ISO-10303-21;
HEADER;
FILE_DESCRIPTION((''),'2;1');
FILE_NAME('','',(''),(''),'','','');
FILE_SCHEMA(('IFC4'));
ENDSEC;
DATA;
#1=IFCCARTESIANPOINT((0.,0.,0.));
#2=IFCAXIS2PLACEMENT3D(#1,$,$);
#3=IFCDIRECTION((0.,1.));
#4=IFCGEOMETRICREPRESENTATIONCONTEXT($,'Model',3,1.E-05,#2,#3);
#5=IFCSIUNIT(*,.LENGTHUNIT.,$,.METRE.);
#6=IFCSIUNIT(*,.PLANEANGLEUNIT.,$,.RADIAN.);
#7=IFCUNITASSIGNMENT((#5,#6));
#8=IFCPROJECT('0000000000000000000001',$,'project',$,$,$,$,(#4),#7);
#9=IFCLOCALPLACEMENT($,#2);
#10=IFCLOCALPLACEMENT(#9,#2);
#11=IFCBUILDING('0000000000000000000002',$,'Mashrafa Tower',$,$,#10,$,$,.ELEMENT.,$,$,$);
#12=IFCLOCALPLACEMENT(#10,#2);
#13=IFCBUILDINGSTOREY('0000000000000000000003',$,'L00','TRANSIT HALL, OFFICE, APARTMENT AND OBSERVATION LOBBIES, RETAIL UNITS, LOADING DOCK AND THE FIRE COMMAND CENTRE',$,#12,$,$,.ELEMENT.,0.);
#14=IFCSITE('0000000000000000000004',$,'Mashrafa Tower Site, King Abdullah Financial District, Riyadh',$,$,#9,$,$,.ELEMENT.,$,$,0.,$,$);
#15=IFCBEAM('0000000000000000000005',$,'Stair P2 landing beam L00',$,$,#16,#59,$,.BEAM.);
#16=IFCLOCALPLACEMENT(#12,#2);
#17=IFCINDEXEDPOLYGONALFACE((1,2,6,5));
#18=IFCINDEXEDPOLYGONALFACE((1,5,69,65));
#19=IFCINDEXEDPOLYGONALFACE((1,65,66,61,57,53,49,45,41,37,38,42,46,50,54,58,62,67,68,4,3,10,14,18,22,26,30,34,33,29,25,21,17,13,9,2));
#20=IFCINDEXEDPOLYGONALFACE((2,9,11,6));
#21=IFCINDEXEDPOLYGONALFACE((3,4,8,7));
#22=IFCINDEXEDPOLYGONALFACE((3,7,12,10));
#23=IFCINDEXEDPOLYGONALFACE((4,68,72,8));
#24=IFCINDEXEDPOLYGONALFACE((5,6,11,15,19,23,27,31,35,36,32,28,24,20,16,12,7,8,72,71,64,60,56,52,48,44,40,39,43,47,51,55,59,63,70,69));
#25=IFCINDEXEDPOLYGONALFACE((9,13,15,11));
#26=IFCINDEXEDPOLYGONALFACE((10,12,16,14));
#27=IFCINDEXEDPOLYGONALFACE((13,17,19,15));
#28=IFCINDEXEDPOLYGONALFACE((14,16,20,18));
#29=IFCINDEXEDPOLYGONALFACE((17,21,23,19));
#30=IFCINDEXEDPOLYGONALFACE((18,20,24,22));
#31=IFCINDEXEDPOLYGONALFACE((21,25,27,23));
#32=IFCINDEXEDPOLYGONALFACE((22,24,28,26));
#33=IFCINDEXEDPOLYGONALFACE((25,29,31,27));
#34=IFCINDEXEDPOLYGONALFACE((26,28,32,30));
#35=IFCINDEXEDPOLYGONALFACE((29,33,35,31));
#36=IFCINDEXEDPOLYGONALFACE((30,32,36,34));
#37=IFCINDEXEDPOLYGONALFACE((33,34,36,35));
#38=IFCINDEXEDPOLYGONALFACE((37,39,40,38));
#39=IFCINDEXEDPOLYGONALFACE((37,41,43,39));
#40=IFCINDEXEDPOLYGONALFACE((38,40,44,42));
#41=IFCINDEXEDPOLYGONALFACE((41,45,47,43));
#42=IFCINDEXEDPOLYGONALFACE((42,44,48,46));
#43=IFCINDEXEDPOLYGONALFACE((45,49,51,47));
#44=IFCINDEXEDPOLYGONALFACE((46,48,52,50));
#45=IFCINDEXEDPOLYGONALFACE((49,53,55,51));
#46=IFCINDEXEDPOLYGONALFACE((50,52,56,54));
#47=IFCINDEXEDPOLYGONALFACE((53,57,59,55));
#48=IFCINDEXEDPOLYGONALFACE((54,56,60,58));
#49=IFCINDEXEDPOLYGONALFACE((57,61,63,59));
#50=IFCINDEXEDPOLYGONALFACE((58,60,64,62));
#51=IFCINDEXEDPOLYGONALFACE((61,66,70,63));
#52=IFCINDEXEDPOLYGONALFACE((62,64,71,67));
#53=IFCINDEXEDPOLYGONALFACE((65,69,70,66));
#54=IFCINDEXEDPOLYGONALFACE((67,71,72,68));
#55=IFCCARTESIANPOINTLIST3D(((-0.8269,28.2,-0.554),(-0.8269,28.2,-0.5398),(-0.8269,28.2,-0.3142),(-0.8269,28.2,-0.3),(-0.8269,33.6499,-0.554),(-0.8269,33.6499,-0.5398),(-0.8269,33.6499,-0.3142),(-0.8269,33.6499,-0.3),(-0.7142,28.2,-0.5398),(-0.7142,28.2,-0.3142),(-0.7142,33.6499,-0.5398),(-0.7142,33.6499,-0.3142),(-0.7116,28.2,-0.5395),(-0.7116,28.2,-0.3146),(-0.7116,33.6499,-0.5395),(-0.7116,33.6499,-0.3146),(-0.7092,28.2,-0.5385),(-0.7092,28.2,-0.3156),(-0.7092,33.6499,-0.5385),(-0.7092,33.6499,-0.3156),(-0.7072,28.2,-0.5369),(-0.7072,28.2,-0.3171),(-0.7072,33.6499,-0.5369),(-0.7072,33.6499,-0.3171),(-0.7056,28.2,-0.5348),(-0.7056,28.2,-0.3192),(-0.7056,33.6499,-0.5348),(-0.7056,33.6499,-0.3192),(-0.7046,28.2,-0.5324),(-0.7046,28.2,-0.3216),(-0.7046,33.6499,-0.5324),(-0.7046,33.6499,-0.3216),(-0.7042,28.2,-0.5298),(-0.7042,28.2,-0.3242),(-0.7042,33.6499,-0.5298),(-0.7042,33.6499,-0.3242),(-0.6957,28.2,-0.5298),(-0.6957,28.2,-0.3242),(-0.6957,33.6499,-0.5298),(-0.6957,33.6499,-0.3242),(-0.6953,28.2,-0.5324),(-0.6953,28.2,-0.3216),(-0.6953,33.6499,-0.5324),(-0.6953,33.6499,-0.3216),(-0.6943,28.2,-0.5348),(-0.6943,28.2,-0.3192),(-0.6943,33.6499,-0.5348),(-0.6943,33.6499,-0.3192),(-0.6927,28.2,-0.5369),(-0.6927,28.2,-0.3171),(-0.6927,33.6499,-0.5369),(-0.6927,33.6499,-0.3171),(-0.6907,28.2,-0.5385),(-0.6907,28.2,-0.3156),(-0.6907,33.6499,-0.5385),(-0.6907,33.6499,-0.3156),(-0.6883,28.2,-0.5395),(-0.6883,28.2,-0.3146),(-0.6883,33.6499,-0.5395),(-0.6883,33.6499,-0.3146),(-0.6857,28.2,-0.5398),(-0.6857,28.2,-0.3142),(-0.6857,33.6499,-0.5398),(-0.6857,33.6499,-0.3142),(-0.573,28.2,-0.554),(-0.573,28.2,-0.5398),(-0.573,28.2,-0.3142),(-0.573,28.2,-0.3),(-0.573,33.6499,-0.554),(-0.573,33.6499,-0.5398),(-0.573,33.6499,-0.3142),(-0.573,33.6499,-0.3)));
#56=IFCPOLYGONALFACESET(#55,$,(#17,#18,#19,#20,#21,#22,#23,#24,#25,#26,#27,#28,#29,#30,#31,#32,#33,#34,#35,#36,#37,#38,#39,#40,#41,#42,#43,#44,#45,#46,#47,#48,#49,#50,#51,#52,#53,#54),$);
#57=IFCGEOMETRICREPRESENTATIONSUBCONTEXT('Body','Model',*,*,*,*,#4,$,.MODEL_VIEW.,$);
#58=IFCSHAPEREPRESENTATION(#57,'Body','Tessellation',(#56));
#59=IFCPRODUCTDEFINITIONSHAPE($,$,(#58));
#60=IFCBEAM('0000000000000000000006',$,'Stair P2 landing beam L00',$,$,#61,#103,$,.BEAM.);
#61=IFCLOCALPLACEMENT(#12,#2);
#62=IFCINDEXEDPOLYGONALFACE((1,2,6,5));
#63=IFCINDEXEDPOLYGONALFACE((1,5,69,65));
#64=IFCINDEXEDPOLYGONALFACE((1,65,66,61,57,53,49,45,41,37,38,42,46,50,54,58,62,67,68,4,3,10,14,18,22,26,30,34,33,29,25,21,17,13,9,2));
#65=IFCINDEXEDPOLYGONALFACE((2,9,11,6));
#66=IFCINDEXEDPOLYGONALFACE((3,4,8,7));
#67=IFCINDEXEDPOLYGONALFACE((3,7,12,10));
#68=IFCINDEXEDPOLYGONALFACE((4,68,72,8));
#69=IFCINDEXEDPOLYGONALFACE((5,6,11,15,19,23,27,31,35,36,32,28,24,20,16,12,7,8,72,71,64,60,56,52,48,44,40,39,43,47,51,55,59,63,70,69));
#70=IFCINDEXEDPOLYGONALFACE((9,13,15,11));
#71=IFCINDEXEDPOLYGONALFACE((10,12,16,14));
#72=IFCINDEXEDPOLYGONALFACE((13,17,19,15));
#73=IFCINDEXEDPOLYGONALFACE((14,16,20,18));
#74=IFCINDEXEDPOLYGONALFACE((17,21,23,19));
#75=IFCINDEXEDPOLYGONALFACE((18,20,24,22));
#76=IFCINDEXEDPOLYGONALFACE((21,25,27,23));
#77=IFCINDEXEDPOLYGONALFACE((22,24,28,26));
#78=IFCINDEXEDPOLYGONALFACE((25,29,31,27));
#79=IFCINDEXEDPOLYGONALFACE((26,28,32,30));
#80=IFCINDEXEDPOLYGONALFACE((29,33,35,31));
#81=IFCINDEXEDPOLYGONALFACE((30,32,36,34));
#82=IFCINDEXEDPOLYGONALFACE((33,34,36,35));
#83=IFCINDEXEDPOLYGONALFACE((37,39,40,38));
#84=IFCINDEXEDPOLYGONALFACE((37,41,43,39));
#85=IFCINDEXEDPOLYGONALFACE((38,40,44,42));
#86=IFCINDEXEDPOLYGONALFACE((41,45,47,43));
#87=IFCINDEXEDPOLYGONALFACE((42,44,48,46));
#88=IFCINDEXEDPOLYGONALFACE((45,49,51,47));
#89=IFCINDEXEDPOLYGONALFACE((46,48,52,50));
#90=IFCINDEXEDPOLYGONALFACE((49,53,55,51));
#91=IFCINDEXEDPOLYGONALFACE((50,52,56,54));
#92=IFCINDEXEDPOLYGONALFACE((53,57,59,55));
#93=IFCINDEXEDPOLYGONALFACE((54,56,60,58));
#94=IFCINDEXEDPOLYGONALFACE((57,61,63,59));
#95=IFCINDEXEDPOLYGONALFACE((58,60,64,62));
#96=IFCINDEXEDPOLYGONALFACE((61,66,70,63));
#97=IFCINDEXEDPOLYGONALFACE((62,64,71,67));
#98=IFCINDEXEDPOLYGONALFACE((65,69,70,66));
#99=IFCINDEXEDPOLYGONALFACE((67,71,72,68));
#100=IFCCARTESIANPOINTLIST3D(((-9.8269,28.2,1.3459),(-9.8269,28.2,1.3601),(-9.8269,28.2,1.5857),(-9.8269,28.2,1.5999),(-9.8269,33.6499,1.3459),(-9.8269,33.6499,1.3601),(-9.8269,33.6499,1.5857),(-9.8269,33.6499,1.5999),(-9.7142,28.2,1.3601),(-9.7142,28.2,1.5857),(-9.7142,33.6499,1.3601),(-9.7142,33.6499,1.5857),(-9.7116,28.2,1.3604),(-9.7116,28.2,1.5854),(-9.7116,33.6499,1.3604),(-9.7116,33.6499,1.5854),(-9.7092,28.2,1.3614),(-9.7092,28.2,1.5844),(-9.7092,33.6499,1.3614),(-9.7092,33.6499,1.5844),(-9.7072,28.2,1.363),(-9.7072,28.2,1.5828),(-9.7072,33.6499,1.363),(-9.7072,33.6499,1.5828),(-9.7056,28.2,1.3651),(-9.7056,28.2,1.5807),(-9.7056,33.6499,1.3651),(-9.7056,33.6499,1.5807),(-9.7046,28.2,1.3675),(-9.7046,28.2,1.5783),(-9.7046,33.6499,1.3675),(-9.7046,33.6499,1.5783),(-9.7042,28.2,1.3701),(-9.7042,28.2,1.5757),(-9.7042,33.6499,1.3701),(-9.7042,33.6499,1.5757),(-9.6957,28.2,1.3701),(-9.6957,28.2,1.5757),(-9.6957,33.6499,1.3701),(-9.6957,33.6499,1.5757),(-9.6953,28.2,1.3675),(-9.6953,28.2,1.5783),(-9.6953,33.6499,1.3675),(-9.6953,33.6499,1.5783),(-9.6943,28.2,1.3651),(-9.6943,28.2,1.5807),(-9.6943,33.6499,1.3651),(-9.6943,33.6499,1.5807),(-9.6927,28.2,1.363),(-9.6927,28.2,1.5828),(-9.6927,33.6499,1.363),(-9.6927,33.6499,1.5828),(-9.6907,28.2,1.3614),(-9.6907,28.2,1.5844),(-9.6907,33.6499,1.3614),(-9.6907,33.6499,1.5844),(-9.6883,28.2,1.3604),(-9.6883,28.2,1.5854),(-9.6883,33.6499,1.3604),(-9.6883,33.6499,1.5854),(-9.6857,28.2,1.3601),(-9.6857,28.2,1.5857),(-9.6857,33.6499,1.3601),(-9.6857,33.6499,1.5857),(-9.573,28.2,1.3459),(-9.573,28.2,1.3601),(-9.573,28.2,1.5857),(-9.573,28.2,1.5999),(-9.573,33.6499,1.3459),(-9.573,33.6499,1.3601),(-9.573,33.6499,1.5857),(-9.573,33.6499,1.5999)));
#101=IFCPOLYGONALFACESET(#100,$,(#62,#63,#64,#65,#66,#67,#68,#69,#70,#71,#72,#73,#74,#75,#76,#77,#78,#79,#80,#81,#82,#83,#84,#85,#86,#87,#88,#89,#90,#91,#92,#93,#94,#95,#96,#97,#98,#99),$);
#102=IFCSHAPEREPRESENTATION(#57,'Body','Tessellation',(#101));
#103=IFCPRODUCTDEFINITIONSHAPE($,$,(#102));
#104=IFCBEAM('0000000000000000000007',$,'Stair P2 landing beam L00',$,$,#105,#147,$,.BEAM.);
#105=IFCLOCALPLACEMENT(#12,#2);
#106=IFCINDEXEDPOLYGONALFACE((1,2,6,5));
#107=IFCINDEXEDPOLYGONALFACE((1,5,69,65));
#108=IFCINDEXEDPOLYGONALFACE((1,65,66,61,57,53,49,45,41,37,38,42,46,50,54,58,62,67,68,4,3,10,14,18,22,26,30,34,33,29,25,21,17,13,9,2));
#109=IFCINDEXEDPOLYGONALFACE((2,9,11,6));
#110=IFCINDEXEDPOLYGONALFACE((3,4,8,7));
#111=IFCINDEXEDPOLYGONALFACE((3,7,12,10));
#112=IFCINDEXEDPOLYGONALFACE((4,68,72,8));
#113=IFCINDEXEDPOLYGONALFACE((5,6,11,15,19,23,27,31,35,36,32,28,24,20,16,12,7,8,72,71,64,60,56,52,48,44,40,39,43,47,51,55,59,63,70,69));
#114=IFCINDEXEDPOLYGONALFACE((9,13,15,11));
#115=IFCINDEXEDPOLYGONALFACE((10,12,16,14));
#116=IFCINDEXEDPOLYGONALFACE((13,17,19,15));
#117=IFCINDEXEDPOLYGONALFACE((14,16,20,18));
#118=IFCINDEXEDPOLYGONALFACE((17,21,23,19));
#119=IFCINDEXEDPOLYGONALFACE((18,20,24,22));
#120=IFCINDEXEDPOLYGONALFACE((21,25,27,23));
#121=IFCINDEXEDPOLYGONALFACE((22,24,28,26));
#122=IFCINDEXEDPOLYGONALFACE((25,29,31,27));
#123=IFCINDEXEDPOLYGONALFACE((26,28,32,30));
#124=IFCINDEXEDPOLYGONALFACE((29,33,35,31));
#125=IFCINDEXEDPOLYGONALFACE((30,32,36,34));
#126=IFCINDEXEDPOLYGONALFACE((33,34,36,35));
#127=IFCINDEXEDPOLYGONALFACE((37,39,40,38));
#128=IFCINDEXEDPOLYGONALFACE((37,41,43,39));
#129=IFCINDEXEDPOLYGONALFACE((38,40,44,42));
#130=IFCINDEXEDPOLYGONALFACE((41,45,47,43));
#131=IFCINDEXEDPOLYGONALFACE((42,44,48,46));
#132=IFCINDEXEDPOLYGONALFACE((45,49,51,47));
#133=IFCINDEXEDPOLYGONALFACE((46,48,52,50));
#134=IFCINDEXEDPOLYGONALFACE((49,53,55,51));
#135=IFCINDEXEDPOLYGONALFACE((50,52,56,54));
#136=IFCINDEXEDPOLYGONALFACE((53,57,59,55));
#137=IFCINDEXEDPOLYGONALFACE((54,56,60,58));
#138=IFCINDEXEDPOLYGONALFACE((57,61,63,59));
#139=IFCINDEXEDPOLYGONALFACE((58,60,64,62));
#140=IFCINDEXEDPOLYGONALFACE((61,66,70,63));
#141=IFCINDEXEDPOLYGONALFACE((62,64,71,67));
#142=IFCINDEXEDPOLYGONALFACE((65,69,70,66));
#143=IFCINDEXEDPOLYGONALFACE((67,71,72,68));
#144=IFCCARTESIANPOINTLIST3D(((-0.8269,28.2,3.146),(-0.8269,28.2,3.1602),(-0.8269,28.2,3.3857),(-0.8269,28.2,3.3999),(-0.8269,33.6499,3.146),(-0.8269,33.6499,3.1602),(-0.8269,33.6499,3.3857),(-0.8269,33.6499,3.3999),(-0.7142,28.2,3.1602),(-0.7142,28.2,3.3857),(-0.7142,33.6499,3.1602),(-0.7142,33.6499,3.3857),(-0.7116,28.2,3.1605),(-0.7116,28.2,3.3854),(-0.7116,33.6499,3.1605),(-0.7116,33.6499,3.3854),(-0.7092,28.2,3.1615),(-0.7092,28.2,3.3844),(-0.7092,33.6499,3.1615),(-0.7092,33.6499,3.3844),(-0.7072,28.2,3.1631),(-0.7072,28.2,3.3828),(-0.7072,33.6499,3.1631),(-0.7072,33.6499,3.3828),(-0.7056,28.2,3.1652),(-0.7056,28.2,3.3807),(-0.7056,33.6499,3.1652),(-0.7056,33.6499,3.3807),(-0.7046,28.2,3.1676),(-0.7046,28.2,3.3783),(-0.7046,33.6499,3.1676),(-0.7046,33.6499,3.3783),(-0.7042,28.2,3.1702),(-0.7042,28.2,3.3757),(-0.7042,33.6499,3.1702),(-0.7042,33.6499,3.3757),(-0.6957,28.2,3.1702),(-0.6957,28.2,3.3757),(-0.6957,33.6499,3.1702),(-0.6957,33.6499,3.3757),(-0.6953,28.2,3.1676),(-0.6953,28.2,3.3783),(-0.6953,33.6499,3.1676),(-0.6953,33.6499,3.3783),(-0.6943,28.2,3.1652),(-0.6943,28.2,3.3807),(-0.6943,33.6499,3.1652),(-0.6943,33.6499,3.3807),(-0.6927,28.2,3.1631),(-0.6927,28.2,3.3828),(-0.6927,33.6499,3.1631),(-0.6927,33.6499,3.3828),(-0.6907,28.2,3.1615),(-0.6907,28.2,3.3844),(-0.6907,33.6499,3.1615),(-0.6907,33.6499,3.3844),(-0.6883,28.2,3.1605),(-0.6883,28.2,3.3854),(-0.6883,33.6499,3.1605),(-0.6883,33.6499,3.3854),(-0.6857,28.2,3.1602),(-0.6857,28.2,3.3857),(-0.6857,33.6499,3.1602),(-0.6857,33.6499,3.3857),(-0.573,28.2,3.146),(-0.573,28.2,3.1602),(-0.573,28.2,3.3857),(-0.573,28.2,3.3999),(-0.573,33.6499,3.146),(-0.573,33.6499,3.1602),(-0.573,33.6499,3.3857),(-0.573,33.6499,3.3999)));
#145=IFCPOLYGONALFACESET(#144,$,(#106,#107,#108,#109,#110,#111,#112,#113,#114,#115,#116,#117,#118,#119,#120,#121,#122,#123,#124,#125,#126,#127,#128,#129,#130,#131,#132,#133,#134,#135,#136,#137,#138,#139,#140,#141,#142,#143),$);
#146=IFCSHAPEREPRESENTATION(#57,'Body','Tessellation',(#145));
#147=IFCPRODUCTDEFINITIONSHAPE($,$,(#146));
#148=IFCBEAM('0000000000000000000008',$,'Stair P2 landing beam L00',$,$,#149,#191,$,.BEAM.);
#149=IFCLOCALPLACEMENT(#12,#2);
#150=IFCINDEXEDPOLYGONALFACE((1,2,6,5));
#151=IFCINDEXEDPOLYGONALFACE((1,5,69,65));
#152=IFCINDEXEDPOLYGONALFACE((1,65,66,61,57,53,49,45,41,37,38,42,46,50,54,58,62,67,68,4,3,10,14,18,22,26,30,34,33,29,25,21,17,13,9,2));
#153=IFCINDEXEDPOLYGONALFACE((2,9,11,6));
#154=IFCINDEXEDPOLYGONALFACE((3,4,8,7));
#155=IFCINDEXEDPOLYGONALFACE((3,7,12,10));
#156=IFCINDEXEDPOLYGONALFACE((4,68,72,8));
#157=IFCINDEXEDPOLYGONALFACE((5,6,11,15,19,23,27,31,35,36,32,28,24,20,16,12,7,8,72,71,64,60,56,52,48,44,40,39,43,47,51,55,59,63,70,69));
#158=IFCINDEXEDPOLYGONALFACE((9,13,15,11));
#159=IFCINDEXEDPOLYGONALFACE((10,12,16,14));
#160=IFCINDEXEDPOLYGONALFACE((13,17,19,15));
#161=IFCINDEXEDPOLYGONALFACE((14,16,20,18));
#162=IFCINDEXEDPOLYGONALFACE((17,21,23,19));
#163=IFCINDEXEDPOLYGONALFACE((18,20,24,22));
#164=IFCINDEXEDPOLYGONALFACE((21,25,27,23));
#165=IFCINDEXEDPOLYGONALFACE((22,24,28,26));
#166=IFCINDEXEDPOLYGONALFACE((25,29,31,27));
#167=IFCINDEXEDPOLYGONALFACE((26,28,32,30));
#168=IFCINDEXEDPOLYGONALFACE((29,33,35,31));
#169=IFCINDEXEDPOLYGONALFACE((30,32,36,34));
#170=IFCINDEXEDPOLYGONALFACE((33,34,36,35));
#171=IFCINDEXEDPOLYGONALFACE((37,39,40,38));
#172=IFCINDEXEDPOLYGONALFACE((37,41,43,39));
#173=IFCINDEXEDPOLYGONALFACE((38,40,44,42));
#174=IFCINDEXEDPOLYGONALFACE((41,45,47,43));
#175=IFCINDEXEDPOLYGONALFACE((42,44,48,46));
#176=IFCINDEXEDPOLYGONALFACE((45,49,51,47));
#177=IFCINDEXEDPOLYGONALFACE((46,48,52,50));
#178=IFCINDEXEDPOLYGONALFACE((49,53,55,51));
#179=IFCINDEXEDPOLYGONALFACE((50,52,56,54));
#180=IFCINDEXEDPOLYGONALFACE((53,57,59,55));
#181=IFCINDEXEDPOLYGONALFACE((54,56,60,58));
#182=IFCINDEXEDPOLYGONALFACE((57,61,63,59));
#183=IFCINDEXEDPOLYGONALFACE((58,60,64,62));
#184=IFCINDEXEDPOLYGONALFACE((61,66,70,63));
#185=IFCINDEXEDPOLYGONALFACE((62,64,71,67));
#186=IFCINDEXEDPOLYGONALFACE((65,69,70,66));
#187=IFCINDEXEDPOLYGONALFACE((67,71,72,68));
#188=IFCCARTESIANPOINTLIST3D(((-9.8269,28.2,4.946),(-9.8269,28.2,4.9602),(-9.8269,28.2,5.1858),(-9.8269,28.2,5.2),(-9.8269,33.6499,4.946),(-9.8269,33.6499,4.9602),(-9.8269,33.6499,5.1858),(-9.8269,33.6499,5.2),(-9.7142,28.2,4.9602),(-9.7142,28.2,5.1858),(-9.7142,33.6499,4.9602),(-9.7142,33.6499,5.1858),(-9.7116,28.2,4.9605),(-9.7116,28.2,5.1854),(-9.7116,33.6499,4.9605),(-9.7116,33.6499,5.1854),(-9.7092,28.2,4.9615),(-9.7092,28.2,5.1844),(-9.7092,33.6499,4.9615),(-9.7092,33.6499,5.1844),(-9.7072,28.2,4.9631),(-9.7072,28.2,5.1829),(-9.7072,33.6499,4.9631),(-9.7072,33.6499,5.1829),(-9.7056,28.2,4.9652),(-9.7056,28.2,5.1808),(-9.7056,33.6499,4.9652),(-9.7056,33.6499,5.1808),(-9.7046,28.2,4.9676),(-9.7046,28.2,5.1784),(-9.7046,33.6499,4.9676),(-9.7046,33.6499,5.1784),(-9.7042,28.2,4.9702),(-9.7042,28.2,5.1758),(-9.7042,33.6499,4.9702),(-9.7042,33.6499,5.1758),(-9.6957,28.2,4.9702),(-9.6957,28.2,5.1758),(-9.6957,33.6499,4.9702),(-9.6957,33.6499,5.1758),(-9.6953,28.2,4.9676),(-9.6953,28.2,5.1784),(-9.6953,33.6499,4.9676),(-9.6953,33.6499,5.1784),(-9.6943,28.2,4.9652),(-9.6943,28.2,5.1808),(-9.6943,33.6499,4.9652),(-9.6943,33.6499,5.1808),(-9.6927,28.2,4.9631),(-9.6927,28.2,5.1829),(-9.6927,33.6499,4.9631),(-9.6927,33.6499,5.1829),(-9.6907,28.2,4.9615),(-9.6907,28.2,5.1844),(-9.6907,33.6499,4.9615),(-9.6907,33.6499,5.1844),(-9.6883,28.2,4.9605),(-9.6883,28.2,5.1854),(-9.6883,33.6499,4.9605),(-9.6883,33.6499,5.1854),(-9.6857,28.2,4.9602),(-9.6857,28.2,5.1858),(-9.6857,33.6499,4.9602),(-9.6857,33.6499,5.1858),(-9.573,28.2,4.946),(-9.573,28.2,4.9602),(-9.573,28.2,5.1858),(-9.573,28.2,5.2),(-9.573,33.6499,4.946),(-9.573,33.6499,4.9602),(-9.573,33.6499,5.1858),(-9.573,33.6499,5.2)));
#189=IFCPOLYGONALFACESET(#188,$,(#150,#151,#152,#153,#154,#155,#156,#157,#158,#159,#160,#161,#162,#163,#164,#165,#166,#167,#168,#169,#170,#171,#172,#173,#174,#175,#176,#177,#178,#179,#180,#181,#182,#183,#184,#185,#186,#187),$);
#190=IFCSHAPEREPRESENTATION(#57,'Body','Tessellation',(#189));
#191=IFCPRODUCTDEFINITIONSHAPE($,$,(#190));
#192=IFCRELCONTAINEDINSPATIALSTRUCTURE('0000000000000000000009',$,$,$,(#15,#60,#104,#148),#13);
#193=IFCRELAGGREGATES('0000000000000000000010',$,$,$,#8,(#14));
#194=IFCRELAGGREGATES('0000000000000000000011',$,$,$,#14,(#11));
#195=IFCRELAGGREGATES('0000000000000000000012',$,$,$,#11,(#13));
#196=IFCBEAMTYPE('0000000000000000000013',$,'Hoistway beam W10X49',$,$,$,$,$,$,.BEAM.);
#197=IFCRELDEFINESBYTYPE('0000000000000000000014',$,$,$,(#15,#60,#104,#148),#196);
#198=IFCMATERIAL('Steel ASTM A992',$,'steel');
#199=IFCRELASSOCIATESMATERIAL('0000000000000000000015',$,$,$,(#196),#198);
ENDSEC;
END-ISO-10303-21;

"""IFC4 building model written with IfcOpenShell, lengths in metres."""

from ifc_helpers import new_model, si_unit, direction, frame, origin, origin_2d, place, context, subcontext, project, spatial, i_section, extrude, material, material_profile, profile_set, type_object, element, save


model = new_model("IFC4")

# Units and contexts
model_context = context("Model", 3, precision=1e-05, world=origin(), true_north=direction((0.0, 1.0)))
body_context = subcontext(model_context, "Body", "Model", "MODEL_VIEW")
ifc_project = project(units=[si_unit("LENGTHUNIT", "METRE"), si_unit("PLANEANGLEUNIT", "RADIAN")], contexts=[model_context])

# Site, building, storey
site_placement = place(None, origin())
site = spatial("IfcSite", under=ifc_project, at=site_placement, Name="Mashrafa Tower Site, King Abdullah Financial District, Riyadh", CompositionType="ELEMENT", RefElevation=0.0)
building_placement = place(site_placement, origin())
building = spatial("IfcBuilding", under=site, at=building_placement, Name="Mashrafa Tower", CompositionType="ELEMENT")
storey_placement = place(building_placement, origin())
storey = spatial("IfcBuildingStorey", under=building, at=storey_placement, Name="L00", Description="TRANSIT HALL, OFFICE, APARTMENT AND OBSERVATION LOBBIES, RETAIL UNITS, LOADING DOCK AND THE FIRE COMMAND CENTRE", CompositionType="ELEMENT", Elevation=0.0)

# Beams
ifc_material_1 = material(Name="Steel ASTM A992", Category="steel")
ifc_material_profile_1 = material_profile(ifc_material_1, i_section(OverallWidth=0.2539, OverallDepth=0.2539, WebThickness=0.0085, FlangeThickness=0.0142, FilletRadius=0.01, at=origin_2d()), Name="W10X49")
ifc_profile_set_1 = profile_set([ifc_material_profile_1], Name="Steel ASTM A992")
beam_type_1 = type_object("IfcBeamType", Name="Hoistway beam W10X49", PredefinedType="BEAM", material=ifc_profile_set_1)
for number, where, z_axis, x_axis, name in (
    (1, (-0.7, 28.2, -0.427), (0.0, 1.0, 0.0), (-1.0, 0.0, 0.0), "Stair P2 landing beam L00"),
    (2, (-9.7, 28.2, 1.4729), (0.0, 1.0, 0.0), (-1.0, 0.0, 0.0), "Stair P2 landing beam L00"),
    (3, (-0.7, 28.2, 3.2729), (0.0, 1.0, 0.0), (-1.0, 0.0, 0.0), "Stair P2 landing beam L00"),
    (4, (-9.7, 28.2, 5.073), (0.0, 1.0, 0.0), (-1.0, 0.0, 0.0), "Stair P2 landing beam L00"),
):
    element("IfcBeam", number, at=place(storey_placement, frame(where, z_axis=z_axis, x_axis=x_axis)), inside=storey, type_object=beam_type_1, Name=name, PredefinedType="BEAM", context=body_context, shape_type="SweptSolid", body=[
        extrude(i_section(OverallWidth=0.2539, OverallDepth=0.2539, WebThickness=0.0085, FlangeThickness=0.0142, FilletRadius=0.01, at=origin_2d()), origin(), (0.0, 0.0, 1.0), 5.45),
    ])

save(model, "model.ifc")
